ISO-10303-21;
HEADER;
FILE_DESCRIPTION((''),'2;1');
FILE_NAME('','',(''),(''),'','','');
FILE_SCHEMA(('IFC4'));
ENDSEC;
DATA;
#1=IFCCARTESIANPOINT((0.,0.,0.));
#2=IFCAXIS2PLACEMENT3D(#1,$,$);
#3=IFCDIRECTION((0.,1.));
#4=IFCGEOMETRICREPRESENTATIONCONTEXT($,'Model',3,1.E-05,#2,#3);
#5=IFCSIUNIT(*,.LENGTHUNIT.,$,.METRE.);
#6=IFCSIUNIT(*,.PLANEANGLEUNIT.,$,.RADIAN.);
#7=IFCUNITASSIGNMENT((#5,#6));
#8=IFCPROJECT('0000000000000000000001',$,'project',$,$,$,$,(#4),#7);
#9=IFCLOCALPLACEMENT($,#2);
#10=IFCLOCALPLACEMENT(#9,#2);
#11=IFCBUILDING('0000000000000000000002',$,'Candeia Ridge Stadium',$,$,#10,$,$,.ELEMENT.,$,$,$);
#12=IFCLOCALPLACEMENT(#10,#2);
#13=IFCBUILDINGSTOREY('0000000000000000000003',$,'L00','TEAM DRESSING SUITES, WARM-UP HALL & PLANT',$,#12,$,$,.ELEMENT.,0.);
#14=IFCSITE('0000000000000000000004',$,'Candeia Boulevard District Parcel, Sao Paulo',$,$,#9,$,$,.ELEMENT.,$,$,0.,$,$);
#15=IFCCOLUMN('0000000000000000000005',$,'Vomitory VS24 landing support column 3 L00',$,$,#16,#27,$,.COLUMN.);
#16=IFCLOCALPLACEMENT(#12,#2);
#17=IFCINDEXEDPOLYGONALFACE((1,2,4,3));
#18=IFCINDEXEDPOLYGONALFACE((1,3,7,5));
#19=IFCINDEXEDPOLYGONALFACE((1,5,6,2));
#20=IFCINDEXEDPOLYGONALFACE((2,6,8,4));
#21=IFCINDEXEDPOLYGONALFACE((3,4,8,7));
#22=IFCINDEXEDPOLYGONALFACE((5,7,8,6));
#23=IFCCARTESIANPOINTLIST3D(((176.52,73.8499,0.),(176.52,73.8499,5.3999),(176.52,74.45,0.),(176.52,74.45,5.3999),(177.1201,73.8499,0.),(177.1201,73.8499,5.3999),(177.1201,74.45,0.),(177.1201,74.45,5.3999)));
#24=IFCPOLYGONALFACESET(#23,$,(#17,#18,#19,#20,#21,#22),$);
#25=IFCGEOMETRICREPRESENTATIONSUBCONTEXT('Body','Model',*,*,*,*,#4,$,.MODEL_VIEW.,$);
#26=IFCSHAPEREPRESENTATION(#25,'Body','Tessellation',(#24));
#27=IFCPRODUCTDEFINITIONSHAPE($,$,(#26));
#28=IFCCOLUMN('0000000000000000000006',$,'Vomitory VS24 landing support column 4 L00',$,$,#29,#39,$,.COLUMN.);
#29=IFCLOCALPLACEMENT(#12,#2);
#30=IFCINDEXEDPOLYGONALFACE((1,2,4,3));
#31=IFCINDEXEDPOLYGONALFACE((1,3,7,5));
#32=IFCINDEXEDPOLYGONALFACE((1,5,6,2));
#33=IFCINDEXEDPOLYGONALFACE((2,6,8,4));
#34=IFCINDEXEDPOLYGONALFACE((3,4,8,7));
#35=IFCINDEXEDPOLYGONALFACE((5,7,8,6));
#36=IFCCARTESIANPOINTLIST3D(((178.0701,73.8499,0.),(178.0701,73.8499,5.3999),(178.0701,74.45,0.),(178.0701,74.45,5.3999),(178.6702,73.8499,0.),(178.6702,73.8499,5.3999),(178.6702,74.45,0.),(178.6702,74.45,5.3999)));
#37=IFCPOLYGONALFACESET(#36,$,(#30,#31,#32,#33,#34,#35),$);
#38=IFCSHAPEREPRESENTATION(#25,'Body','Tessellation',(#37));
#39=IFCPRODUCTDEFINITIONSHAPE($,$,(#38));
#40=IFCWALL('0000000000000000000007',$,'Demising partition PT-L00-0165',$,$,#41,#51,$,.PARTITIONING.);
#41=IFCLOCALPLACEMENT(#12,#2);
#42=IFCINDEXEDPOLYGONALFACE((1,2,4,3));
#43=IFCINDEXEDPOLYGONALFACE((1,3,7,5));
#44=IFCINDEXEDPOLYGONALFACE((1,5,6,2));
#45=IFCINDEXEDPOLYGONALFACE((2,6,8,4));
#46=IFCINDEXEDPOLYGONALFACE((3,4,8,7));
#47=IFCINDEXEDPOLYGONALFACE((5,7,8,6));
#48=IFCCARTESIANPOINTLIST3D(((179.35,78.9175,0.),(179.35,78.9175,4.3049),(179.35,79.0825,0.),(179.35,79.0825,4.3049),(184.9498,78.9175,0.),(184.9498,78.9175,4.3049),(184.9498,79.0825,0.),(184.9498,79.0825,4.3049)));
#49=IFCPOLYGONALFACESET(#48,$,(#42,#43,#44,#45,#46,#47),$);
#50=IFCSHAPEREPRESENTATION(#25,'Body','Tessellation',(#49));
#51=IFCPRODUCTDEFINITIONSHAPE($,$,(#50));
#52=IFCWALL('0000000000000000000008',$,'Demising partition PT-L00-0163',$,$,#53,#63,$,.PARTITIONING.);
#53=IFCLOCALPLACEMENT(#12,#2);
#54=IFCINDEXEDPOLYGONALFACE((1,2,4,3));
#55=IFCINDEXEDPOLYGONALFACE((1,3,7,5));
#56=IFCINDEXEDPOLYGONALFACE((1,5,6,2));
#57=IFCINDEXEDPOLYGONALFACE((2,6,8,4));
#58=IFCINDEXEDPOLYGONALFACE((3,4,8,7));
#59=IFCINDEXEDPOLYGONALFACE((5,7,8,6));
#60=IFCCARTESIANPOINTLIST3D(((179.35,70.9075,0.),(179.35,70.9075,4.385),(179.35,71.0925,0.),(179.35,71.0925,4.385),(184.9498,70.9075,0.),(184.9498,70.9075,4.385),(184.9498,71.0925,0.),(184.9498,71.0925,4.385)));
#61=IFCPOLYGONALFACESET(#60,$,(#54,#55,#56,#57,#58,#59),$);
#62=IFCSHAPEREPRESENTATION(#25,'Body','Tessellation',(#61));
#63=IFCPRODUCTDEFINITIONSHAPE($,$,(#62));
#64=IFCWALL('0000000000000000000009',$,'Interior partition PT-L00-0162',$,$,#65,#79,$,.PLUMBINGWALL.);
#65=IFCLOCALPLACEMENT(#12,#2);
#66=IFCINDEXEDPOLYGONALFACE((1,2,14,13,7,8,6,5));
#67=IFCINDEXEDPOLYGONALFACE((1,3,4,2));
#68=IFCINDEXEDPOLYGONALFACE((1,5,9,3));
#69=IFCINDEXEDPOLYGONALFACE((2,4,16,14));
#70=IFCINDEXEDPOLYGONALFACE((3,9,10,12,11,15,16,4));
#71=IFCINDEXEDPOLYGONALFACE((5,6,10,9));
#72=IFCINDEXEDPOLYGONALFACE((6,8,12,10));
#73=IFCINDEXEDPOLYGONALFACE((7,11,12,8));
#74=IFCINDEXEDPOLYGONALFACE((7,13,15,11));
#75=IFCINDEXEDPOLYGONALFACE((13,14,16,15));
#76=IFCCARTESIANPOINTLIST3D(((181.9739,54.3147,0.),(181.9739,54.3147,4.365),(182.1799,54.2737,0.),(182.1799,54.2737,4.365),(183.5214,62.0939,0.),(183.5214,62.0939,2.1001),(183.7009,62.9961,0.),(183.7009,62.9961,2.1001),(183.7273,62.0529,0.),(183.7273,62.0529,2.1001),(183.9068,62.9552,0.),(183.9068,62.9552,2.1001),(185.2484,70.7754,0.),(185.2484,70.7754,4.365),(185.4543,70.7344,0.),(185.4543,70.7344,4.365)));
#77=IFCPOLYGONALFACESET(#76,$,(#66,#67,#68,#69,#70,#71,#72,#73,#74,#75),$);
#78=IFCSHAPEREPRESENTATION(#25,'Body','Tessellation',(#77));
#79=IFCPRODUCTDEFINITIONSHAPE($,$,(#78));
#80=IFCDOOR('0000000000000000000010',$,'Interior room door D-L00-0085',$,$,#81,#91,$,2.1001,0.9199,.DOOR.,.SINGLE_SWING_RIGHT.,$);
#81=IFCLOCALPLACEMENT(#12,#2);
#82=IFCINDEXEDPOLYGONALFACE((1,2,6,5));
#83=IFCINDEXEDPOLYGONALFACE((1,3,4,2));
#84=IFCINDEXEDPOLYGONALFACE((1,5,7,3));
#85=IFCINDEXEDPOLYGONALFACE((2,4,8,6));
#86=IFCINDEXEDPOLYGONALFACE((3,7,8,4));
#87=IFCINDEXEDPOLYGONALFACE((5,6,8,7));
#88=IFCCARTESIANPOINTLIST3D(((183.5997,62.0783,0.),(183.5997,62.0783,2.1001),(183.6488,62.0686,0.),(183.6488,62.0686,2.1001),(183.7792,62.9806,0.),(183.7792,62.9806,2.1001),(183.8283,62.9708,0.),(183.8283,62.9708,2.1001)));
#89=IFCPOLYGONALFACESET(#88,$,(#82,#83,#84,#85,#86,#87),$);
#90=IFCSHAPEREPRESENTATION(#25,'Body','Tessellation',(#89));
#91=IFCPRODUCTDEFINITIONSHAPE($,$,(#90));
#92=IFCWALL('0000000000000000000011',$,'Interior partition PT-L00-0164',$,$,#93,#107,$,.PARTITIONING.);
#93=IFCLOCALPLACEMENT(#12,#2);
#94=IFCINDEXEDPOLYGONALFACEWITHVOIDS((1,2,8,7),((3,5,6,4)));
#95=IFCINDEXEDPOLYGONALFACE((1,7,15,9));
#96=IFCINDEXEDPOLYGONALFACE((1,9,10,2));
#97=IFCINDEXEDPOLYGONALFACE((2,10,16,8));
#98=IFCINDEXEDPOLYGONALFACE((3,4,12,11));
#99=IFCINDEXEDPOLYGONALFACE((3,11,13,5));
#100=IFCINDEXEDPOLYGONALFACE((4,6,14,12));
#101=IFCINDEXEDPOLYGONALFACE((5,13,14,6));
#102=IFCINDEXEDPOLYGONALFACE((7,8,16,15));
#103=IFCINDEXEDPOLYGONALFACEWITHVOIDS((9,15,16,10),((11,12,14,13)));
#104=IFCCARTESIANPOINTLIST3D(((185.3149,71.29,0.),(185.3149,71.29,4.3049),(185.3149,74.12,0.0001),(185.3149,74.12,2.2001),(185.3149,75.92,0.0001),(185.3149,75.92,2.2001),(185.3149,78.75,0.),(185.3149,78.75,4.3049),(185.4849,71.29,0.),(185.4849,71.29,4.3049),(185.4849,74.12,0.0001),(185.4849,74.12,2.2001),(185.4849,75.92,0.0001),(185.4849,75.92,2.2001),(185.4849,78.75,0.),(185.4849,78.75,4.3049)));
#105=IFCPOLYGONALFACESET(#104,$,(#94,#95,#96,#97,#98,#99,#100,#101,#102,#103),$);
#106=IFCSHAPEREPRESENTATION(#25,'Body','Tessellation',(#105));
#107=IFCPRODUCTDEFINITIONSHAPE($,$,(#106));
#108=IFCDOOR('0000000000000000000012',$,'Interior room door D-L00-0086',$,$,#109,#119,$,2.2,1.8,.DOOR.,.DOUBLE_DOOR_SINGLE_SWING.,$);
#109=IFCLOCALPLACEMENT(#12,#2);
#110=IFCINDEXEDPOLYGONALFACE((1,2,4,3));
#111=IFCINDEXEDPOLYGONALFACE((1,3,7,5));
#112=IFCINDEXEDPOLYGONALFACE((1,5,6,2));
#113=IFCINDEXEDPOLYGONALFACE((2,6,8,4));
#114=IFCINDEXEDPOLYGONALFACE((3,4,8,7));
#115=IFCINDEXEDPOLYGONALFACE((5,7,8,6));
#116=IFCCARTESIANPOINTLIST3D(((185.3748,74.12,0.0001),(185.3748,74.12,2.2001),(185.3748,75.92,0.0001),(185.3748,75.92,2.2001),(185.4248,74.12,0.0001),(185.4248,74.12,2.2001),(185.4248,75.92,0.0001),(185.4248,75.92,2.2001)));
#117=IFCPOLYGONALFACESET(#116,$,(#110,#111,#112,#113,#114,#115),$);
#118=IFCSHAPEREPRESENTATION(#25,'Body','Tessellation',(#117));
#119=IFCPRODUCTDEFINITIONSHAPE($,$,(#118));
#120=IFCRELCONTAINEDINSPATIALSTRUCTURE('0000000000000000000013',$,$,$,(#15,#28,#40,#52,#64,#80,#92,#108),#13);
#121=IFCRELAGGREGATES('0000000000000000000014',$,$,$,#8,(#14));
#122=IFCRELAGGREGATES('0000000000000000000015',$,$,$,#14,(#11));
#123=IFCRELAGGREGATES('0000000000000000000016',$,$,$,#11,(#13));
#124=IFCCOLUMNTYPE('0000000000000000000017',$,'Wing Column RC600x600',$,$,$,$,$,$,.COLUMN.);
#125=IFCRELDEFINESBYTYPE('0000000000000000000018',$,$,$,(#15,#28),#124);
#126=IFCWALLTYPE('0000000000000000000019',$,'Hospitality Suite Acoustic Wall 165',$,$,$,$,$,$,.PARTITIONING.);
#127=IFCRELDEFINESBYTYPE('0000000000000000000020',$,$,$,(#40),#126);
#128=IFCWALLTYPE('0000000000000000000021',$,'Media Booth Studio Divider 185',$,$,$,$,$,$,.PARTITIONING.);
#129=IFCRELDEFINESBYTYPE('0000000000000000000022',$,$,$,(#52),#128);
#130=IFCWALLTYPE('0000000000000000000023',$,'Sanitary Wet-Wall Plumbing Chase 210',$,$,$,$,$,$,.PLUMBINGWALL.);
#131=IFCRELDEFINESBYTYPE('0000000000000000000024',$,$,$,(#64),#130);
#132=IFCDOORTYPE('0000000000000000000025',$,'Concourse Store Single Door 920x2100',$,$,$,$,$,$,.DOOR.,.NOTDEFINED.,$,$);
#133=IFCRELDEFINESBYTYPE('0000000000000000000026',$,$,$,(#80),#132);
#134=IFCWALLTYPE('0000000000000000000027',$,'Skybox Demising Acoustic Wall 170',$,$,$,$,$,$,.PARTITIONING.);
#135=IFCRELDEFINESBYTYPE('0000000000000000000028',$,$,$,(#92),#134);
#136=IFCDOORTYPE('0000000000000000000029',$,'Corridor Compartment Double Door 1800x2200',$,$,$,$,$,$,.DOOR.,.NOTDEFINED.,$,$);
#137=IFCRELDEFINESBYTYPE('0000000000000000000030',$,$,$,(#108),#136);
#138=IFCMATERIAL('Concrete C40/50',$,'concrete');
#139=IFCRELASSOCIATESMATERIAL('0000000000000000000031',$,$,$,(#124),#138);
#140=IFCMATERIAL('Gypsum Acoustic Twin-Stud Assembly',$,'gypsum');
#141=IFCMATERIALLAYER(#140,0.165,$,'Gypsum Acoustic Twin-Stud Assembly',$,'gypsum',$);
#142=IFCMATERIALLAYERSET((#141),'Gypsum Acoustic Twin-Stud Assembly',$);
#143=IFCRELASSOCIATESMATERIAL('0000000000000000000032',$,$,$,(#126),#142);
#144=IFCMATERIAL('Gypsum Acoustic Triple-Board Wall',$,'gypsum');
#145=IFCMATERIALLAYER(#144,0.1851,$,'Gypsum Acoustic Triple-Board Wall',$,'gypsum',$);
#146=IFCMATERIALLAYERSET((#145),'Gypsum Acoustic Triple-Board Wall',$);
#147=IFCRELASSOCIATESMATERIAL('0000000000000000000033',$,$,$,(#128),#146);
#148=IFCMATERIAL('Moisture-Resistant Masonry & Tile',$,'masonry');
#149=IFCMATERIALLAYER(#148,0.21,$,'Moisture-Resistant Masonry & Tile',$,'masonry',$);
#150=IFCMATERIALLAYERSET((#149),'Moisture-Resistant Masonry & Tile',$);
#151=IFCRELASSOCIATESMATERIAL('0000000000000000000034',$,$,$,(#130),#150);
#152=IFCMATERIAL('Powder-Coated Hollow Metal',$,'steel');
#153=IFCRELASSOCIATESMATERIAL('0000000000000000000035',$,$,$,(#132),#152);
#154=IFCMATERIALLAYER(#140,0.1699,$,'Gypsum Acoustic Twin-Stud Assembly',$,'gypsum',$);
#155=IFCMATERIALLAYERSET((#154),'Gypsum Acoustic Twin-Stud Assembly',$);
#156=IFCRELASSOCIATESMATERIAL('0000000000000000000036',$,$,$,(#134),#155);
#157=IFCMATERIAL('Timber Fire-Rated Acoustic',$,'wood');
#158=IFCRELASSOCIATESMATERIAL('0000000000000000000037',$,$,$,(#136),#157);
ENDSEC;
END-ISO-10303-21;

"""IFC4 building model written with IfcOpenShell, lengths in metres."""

from ifc_helpers import new_model, si_unit, direction, frame, frame_2d, origin, origin_2d, place, context, subcontext, project, spatial, rectangle, extrude, material, layer, layer_set, material_profile, profile_set, type_object, element, fill, save


model = new_model("IFC4")

# Units and contexts
model_context = context("Model", 3, precision=1e-05, world=origin(), true_north=direction((0.0, 1.0)))
body_context = subcontext(model_context, "Body", "Model", "MODEL_VIEW")
ifc_project = project(units=[si_unit("LENGTHUNIT", "METRE"), si_unit("PLANEANGLEUNIT", "RADIAN")], contexts=[model_context])

# Site, building, storey
site_placement = place(None, origin())
site = spatial("IfcSite", under=ifc_project, at=site_placement, Name="Candeia Boulevard District Parcel, Sao Paulo", CompositionType="ELEMENT", RefElevation=0.0)
building_placement = place(site_placement, origin())
building = spatial("IfcBuilding", under=site, at=building_placement, Name="Candeia Ridge Stadium", CompositionType="ELEMENT")
storey_placement = place(building_placement, origin())
storey = spatial("IfcBuildingStorey", under=building, at=storey_placement, Name="L00", Description="TEAM DRESSING SUITES, WARM-UP HALL & PLANT", CompositionType="ELEMENT", Elevation=0.0)

# Shared definitions
ifc_material_1 = material(Name="Concrete C40/50", Category="concrete")

# Columns
ifc_material_profile_1 = material_profile(ifc_material_1, rectangle(XDim=0.6001, YDim=0.6001, at=origin_2d()), Name="RC600x600", Category="concrete")
ifc_profile_set_1 = profile_set([ifc_material_profile_1], Name="Concrete C40/50")
column_type_1 = type_object("IfcColumnType", Name="Wing Column RC600x600", PredefinedType="COLUMN", material=ifc_profile_set_1)
for number, where, z_axis, x_axis, name in (
    (1, (176.8201, 74.1499, 0.0), (0.0, 0.0, 1.0), (1.0, 0.0, 0.0), "Vomitory VS24 landing support column 3 L00"),
    (2, (178.3701, 74.1499, 0.0), (0.0, 0.0, 1.0), (1.0, 0.0, 0.0), "Vomitory VS24 landing support column 4 L00"),
):
    element("IfcColumn", number, at=place(storey_placement, frame(where, z_axis=z_axis, x_axis=x_axis)), inside=storey, type_object=column_type_1, Name=name, PredefinedType="COLUMN", context=body_context, shape_type="SweptSolid", body=[
        extrude(rectangle(XDim=0.6001, YDim=0.6001, at=origin_2d()), origin(), (0.0, 0.0, 1.0), 5.3999),
    ])

# Walls
ifc_material_2 = material(Name="Gypsum Acoustic Twin-Stud Assembly", Category="gypsum")
ifc_layer_1 = layer(ifc_material_2, 0.165, Name="Gypsum Acoustic Twin-Stud Assembly", Category="gypsum")
ifc_layer_set_1 = layer_set([ifc_layer_1], Name="Gypsum Acoustic Twin-Stud Assembly")
wall_type_1 = type_object("IfcWallType", Name="Hospitality Suite Acoustic Wall 165", PredefinedType="PARTITIONING", material=ifc_layer_set_1)
wall_1_placement = place(storey_placement, frame((179.3501, 79.0, 0.0), z_axis=(0.0, 0.0, 1.0), x_axis=(1.0, 0.0, 0.0)))
element("IfcWall", 3, at=wall_1_placement, inside=storey, type_object=wall_type_1, Name="Demising partition PT-L00-0165", PredefinedType="PARTITIONING", context=body_context, shape_type="SweptSolid", body=[
    extrude(rectangle(XDim=5.5999, YDim=0.165, at=frame_2d((2.7998, 0.0))), origin(), (0.0, 0.0, 1.0), 4.3049),
])
ifc_material_3 = material(Name="Gypsum Acoustic Triple-Board Wall", Category="gypsum")
ifc_layer_2 = layer(ifc_material_3, 0.1851, Name="Gypsum Acoustic Triple-Board Wall", Category="gypsum")
ifc_layer_set_2 = layer_set([ifc_layer_2], Name="Gypsum Acoustic Triple-Board Wall")
wall_type_2 = type_object("IfcWallType", Name="Media Booth Studio Divider 185", PredefinedType="PARTITIONING", material=ifc_layer_set_2)
wall_2_placement = place(storey_placement, frame((179.3501, 71.0, 0.0), z_axis=(0.0, 0.0, 1.0), x_axis=(1.0, 0.0, 0.0)))
element("IfcWall", 4, at=wall_2_placement, inside=storey, type_object=wall_type_2, Name="Demising partition PT-L00-0163", PredefinedType="PARTITIONING", context=body_context, shape_type="SweptSolid", body=[
    extrude(rectangle(XDim=5.5999, YDim=0.1851, at=frame_2d((2.7998, 0.0))), origin(), (0.0, 0.0, 1.0), 4.385),
])

# Walls, openings, doors
ifc_material_4 = material(Name="Moisture-Resistant Masonry & Tile", Category="masonry")
ifc_layer_3 = layer(ifc_material_4, 0.21, Name="Moisture-Resistant Masonry & Tile", Category="masonry")
ifc_layer_set_3 = layer_set([ifc_layer_3], Name="Moisture-Resistant Masonry & Tile")
wall_type_3 = type_object("IfcWallType", Name="Sanitary Wet-Wall Plumbing Chase 210", PredefinedType="PLUMBINGWALL", material=ifc_layer_set_3)
wall_3_placement = place(storey_placement, frame((185.3513, 70.7549, 0.0), z_axis=(0.0, 0.0, 1.0), x_axis=(-0.195101, -0.980783, 0.0)))
wall_3 = element("IfcWall", 5, at=wall_3_placement, inside=storey, type_object=wall_type_3, Name="Interior partition PT-L00-0162", PredefinedType="PLUMBINGWALL", context=body_context, shape_type="SweptSolid", body=[
    extrude(rectangle(XDim=16.7832, YDim=0.21, at=frame_2d((8.3916, 0.0))), origin(), (0.0, 0.0, 1.0), 4.365),
])
opening_1_placement = place(wall_3_placement, frame((7.9316, 0.0, 0.0)))
opening_1 = element("IfcOpeningElement", 6, at=opening_1_placement, cuts=wall_3, PredefinedType="OPENING", context=body_context, shape_type="SweptSolid", body=[
    extrude(rectangle(XDim=0.9199, YDim=2.1001, at=frame_2d((0.46, 1.05))), frame((0.0, 0.115, 0.0), z_axis=(0.0, -1.0, 0.0), x_axis=(1.0, 0.0, 0.0)), (0.0, 0.0, 1.0), 0.23),
])
ifc_material_5 = material(Name="Powder-Coated Hollow Metal", Category="steel")
door_type_1 = type_object("IfcDoorType", Name="Concourse Store Single Door 920x2100", OperationType="NOTDEFINED", PredefinedType="DOOR", material=ifc_material_5)
door_1_placement = place(opening_1_placement, origin())
door_1 = element("IfcDoor", 7, at=door_1_placement, inside=storey, type_object=door_type_1, Name="Interior room door D-L00-0085", OperationType="SINGLE_SWING_RIGHT", OverallHeight=2.1001, OverallWidth=0.9199, PredefinedType="DOOR", context=body_context, shape_type="SweptSolid", body=[
    extrude(rectangle(XDim=0.9199, YDim=2.1001, at=frame_2d((0.46, 1.05))), frame((0.0, 0.0249, 0.0), z_axis=(0.0, -1.0, 0.0), x_axis=(1.0, 0.0, 0.0)), (0.0, 0.0, 1.0), 0.05),
])
fill(opening_1, door_1)
ifc_layer_4 = layer(ifc_material_2, 0.1699, Name="Gypsum Acoustic Twin-Stud Assembly", Category="gypsum")
ifc_layer_set_4 = layer_set([ifc_layer_4], Name="Gypsum Acoustic Twin-Stud Assembly")
wall_type_4 = type_object("IfcWallType", Name="Skybox Demising Acoustic Wall 170", PredefinedType="PARTITIONING", material=ifc_layer_set_4)
wall_4_placement = place(storey_placement, frame((185.3999, 78.75, 0.0), z_axis=(0.0, 0.0, 1.0), x_axis=(0.0, -1.0, 0.0)))
wall_4 = element("IfcWall", 8, at=wall_4_placement, inside=storey, type_object=wall_type_4, Name="Interior partition PT-L00-0164", PredefinedType="PARTITIONING", context=body_context, shape_type="SweptSolid", body=[
    extrude(rectangle(XDim=7.46, YDim=0.1699, at=frame_2d((3.73, 0.0))), origin(), (0.0, 0.0, 1.0), 4.3049),
])
opening_2_placement = place(wall_4_placement, frame((2.8301, 0.0, 0.0)))
opening_2 = element("IfcOpeningElement", 9, at=opening_2_placement, cuts=wall_4, PredefinedType="OPENING", context=body_context, shape_type="SweptSolid", body=[
    extrude(rectangle(XDim=1.8, YDim=2.2, at=frame_2d((0.8999, 1.1001))), frame((0.0, 0.095, 0.0), z_axis=(0.0, -1.0, 0.0), x_axis=(1.0, 0.0, 0.0)), (0.0, 0.0, 1.0), 0.1899),
])
ifc_material_6 = material(Name="Timber Fire-Rated Acoustic", Category="wood")
door_type_2 = type_object("IfcDoorType", Name="Corridor Compartment Double Door 1800x2200", OperationType="NOTDEFINED", PredefinedType="DOOR", material=ifc_material_6)
door_2_placement = place(opening_2_placement, origin())
door_2 = element("IfcDoor", 10, at=door_2_placement, inside=storey, type_object=door_type_2, Name="Interior room door D-L00-0086", OperationType="DOUBLE_DOOR_SINGLE_SWING", OverallHeight=2.2, OverallWidth=1.8, PredefinedType="DOOR", context=body_context, shape_type="SweptSolid", body=[
    extrude(rectangle(XDim=1.8, YDim=2.2, at=frame_2d((0.8999, 1.1001))), frame((0.0, 0.0249, 0.0), z_axis=(0.0, -1.0, 0.0), x_axis=(1.0, 0.0, 0.0)), (0.0, 0.0, 1.0), 0.05),
])
fill(opening_2, door_2)

save(model, "model.ifc")
